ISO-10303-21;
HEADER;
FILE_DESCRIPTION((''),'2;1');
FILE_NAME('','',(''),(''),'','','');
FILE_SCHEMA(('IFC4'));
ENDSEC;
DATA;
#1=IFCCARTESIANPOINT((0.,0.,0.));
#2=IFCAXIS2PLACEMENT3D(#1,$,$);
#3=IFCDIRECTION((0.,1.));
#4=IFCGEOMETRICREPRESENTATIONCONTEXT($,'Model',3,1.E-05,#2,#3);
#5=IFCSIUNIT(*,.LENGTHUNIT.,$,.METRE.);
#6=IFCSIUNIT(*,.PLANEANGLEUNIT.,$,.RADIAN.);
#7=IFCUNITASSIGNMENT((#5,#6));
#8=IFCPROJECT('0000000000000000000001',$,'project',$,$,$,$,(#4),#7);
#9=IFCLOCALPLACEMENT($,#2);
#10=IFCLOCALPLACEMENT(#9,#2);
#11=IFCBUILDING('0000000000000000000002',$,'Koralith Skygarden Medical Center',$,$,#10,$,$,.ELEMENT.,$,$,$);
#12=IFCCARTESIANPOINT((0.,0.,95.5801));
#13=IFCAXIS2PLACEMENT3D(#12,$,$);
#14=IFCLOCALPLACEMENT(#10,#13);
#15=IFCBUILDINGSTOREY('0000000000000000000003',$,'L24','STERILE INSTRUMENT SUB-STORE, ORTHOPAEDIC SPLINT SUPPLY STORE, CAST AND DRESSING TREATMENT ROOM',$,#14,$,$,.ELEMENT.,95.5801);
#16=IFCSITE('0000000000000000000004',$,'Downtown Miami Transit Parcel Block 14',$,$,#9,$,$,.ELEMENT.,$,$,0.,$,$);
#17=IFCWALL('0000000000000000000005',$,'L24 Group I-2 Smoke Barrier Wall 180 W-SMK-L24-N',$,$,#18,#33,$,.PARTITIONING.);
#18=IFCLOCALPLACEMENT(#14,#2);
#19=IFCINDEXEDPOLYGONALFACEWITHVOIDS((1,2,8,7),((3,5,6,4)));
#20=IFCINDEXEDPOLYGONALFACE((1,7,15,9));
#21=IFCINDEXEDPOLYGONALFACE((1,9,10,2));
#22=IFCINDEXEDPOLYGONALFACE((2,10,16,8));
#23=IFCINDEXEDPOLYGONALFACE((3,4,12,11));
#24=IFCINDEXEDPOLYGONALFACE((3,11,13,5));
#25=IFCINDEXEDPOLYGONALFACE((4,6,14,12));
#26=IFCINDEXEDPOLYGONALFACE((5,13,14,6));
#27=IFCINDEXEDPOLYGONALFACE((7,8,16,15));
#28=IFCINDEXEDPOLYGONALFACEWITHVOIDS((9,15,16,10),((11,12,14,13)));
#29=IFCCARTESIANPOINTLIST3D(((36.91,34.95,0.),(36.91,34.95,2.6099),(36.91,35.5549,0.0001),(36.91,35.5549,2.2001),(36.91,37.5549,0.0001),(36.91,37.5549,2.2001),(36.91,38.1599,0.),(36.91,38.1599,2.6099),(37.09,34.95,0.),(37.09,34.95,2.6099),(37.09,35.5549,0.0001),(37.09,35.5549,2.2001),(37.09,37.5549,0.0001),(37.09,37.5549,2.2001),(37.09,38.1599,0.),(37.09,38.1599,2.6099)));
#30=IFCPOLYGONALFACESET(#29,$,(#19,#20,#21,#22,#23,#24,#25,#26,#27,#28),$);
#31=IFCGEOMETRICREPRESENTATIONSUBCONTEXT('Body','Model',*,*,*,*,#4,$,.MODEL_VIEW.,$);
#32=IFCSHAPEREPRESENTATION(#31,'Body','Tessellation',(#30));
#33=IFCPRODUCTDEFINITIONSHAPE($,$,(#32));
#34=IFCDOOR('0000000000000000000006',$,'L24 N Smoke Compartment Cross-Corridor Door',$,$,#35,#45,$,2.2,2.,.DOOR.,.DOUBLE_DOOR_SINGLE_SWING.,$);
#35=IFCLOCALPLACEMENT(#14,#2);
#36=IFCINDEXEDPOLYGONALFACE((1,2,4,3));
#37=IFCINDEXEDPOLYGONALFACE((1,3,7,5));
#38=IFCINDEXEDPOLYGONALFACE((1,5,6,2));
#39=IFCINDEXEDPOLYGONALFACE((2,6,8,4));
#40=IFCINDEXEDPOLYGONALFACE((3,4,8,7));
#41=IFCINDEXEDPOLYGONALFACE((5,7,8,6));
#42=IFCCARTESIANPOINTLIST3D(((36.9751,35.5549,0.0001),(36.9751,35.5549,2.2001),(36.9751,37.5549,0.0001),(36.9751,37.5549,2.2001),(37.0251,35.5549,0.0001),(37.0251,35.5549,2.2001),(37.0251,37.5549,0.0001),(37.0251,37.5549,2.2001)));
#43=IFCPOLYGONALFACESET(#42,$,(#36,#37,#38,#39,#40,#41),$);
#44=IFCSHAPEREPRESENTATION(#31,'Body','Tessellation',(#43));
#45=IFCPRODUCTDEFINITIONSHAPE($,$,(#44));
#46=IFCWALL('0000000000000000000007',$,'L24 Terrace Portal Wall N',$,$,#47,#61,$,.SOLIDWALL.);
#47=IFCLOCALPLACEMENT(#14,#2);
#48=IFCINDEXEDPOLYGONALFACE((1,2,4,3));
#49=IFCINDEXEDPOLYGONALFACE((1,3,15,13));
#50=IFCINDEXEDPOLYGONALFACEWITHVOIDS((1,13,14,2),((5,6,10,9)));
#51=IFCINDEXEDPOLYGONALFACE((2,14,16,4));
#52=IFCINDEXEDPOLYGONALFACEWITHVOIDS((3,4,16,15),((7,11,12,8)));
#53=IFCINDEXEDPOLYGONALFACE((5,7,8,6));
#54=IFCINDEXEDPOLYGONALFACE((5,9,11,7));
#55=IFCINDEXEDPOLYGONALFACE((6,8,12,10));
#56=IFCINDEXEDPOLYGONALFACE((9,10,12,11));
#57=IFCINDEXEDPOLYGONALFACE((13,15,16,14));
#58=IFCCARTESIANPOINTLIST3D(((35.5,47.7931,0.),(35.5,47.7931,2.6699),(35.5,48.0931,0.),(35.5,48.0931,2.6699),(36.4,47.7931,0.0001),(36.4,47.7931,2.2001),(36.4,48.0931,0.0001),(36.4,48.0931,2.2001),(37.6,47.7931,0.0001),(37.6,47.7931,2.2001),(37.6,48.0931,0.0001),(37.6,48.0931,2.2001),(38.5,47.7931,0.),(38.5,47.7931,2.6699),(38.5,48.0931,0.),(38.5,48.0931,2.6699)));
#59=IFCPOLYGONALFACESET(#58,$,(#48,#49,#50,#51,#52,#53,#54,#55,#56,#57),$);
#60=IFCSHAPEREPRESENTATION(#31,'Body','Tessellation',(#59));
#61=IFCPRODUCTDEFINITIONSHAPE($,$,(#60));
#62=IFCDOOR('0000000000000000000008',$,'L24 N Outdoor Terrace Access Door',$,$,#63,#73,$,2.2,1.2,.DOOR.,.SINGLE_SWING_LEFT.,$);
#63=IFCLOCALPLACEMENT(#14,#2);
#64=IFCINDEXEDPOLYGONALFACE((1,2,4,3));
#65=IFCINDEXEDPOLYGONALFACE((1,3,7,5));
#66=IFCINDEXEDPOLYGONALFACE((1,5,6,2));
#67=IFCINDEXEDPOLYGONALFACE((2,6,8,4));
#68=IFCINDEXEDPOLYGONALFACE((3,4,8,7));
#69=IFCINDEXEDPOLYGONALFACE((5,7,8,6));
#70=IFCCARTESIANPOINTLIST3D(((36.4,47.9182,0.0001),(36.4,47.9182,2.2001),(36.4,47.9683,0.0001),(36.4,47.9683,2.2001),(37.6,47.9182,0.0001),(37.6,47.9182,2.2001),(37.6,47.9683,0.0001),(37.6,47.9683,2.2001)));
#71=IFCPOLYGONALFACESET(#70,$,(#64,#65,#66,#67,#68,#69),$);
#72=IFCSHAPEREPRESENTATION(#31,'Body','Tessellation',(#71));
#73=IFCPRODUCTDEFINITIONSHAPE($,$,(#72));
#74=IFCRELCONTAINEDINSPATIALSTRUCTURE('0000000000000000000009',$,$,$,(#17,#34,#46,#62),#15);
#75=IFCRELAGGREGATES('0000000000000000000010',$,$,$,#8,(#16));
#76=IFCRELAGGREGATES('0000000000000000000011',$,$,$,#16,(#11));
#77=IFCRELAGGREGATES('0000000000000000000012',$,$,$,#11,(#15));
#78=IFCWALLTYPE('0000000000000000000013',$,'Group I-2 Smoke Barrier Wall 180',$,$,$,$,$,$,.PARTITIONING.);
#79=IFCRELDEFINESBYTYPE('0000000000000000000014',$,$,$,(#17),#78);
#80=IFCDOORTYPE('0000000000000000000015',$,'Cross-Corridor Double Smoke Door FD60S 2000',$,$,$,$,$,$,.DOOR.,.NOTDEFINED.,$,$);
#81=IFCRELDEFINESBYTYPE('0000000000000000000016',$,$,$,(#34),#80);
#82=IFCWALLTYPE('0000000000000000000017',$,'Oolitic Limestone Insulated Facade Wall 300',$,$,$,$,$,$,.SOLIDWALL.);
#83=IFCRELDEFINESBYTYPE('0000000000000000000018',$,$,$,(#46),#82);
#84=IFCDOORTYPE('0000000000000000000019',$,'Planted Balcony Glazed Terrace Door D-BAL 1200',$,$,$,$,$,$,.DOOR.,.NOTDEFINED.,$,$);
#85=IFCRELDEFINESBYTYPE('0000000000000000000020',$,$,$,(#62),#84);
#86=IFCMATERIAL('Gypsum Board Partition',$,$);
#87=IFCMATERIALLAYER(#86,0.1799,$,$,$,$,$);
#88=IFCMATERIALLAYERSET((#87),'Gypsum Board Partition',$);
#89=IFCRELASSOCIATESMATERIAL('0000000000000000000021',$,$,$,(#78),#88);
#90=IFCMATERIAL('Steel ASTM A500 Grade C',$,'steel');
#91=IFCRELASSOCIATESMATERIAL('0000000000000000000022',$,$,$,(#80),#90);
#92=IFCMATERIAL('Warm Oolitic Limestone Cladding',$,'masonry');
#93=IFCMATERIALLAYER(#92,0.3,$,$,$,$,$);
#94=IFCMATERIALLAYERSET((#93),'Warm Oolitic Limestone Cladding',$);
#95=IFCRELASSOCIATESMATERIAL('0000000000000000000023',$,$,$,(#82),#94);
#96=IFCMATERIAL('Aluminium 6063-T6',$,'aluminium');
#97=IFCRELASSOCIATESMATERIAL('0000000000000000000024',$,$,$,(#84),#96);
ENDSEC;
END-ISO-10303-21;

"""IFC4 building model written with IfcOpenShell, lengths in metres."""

from ifc_helpers import new_model, si_unit, direction, frame, frame_2d, origin, place, context, subcontext, project, spatial, rectangle, extrude, material, layer, layer_set, type_object, element, fill, save


model = new_model("IFC4")

# Units and contexts
model_context = context("Model", 3, precision=1e-05, world=origin(), true_north=direction((0.0, 1.0)))
body_context = subcontext(model_context, "Body", "Model", "MODEL_VIEW")
ifc_project = project(units=[si_unit("LENGTHUNIT", "METRE"), si_unit("PLANEANGLEUNIT", "RADIAN")], contexts=[model_context])

# Site, building, storey
site_placement = place(None, origin())
site = spatial("IfcSite", under=ifc_project, at=site_placement, Name="Downtown Miami Transit Parcel Block 14", CompositionType="ELEMENT", RefElevation=0.0)
building_placement = place(site_placement, origin())
building = spatial("IfcBuilding", under=site, at=building_placement, Name="Koralith Skygarden Medical Center", CompositionType="ELEMENT")
storey_placement = place(building_placement, frame((0.0, 0.0, 95.5801)))
storey = spatial("IfcBuildingStorey", under=building, at=storey_placement, Name="L24", Description="STERILE INSTRUMENT SUB-STORE, ORTHOPAEDIC SPLINT SUPPLY STORE, CAST AND DRESSING TREATMENT ROOM", CompositionType="ELEMENT", Elevation=95.5801)

# Shared definitions
ifc_material_1 = material(Name="Aluminium 6063-T6", Category="aluminium")

# Shared definitions
ifc_material_2 = material(Name="Gypsum Board Partition")

# Walls, openings, doors
ifc_layer_1 = layer(ifc_material_2, 0.1799)
ifc_layer_set_1 = layer_set([ifc_layer_1], Name="Gypsum Board Partition")
wall_type_1 = type_object("IfcWallType", Name="Group I-2 Smoke Barrier Wall 180", PredefinedType="PARTITIONING", material=ifc_layer_set_1)
wall_1_placement = place(storey_placement, frame((37.0, 34.95, 0.0), z_axis=(0.0, 0.0, 1.0), x_axis=(0.0, 1.0, 0.0)))
wall_1 = element("IfcWall", 1, at=wall_1_placement, inside=storey, type_object=wall_type_1, Name="L24 Group I-2 Smoke Barrier Wall 180 W-SMK-L24-N", PredefinedType="PARTITIONING", context=body_context, shape_type="SweptSolid", body=[
    extrude(rectangle(XDim=3.21, YDim=0.1799, at=frame_2d((1.605, 0.0))), origin(), (0.0, 0.0, 1.0), 2.6099),
])
opening_1_placement = place(wall_1_placement, frame((0.605, 0.0, 0.0)))
opening_1 = element("IfcOpeningElement", 2, at=opening_1_placement, cuts=wall_1, PredefinedType="OPENING", context=body_context, shape_type="SweptSolid", body=[
    extrude(rectangle(XDim=2.0, YDim=2.2, at=frame_2d((1.0, 1.1001))), frame((0.0, 0.0999, 0.0), z_axis=(0.0, -1.0, 0.0), x_axis=(1.0, 0.0, 0.0)), (0.0, 0.0, 1.0), 0.2),
])
ifc_material_3 = material(Name="Steel ASTM A500 Grade C", Category="steel")
door_type_1 = type_object("IfcDoorType", Name="Cross-Corridor Double Smoke Door FD60S 2000", OperationType="NOTDEFINED", PredefinedType="DOOR", material=ifc_material_3)
door_1_placement = place(opening_1_placement, origin())
door_1 = element("IfcDoor", 3, at=door_1_placement, inside=storey, type_object=door_type_1, Name="L24 N Smoke Compartment Cross-Corridor Door", OperationType="DOUBLE_DOOR_SINGLE_SWING", OverallHeight=2.2, OverallWidth=2.0, PredefinedType="DOOR", context=body_context, shape_type="SweptSolid", body=[
    extrude(rectangle(XDim=2.0, YDim=2.2, at=frame_2d((1.0, 1.1001))), frame((0.0, 0.0249, 0.0), z_axis=(0.0, -1.0, 0.0), x_axis=(1.0, 0.0, 0.0)), (0.0, 0.0, 1.0), 0.05),
])
fill(opening_1, door_1)
ifc_material_4 = material(Name="Warm Oolitic Limestone Cladding", Category="masonry")
ifc_layer_2 = layer(ifc_material_4, 0.3)
ifc_layer_set_2 = layer_set([ifc_layer_2], Name="Warm Oolitic Limestone Cladding")
wall_type_2 = type_object("IfcWallType", Name="Oolitic Limestone Insulated Facade Wall 300", PredefinedType="SOLIDWALL", material=ifc_layer_set_2)
wall_2_placement = place(storey_placement, frame((38.5, 47.9431, 0.0), z_axis=(0.0, 0.0, 1.0), x_axis=(-1.0, 0.0, 0.0)))
wall_2 = element("IfcWall", 4, at=wall_2_placement, inside=storey, type_object=wall_type_2, Name="L24 Terrace Portal Wall N", PredefinedType="SOLIDWALL", context=body_context, shape_type="SweptSolid", body=[
    extrude(rectangle(XDim=3.0, YDim=0.3, at=frame_2d((1.5, 0.0))), origin(), (0.0, 0.0, 1.0), 2.6699),
])
opening_2_placement = place(wall_2_placement, frame((0.8999, 0.0, 0.0)))
opening_2 = element("IfcOpeningElement", 5, at=opening_2_placement, cuts=wall_2, PredefinedType="OPENING", context=body_context, shape_type="SweptSolid", body=[
    extrude(rectangle(XDim=1.2, YDim=2.2, at=frame_2d((0.6001, 1.1001))), frame((0.0, 0.1599, 0.0), z_axis=(0.0, -1.0, 0.0), x_axis=(1.0, 0.0, 0.0)), (0.0, 0.0, 1.0), 0.3201),
])
door_type_2 = type_object("IfcDoorType", Name="Planted Balcony Glazed Terrace Door D-BAL 1200", OperationType="NOTDEFINED", PredefinedType="DOOR", material=ifc_material_1)
door_2_placement = place(opening_2_placement, origin())
door_2 = element("IfcDoor", 6, at=door_2_placement, inside=storey, type_object=door_type_2, Name="L24 N Outdoor Terrace Access Door", OperationType="SINGLE_SWING_LEFT", OverallHeight=2.2, OverallWidth=1.2, PredefinedType="DOOR", context=body_context, shape_type="SweptSolid", body=[
    extrude(rectangle(XDim=1.2, YDim=2.2, at=frame_2d((0.6001, 1.1001))), frame((0.0, 0.0249, 0.0), z_axis=(0.0, -1.0, 0.0), x_axis=(1.0, 0.0, 0.0)), (0.0, 0.0, 1.0), 0.05),
])
fill(opening_2, door_2)

save(model, "model.ifc")
